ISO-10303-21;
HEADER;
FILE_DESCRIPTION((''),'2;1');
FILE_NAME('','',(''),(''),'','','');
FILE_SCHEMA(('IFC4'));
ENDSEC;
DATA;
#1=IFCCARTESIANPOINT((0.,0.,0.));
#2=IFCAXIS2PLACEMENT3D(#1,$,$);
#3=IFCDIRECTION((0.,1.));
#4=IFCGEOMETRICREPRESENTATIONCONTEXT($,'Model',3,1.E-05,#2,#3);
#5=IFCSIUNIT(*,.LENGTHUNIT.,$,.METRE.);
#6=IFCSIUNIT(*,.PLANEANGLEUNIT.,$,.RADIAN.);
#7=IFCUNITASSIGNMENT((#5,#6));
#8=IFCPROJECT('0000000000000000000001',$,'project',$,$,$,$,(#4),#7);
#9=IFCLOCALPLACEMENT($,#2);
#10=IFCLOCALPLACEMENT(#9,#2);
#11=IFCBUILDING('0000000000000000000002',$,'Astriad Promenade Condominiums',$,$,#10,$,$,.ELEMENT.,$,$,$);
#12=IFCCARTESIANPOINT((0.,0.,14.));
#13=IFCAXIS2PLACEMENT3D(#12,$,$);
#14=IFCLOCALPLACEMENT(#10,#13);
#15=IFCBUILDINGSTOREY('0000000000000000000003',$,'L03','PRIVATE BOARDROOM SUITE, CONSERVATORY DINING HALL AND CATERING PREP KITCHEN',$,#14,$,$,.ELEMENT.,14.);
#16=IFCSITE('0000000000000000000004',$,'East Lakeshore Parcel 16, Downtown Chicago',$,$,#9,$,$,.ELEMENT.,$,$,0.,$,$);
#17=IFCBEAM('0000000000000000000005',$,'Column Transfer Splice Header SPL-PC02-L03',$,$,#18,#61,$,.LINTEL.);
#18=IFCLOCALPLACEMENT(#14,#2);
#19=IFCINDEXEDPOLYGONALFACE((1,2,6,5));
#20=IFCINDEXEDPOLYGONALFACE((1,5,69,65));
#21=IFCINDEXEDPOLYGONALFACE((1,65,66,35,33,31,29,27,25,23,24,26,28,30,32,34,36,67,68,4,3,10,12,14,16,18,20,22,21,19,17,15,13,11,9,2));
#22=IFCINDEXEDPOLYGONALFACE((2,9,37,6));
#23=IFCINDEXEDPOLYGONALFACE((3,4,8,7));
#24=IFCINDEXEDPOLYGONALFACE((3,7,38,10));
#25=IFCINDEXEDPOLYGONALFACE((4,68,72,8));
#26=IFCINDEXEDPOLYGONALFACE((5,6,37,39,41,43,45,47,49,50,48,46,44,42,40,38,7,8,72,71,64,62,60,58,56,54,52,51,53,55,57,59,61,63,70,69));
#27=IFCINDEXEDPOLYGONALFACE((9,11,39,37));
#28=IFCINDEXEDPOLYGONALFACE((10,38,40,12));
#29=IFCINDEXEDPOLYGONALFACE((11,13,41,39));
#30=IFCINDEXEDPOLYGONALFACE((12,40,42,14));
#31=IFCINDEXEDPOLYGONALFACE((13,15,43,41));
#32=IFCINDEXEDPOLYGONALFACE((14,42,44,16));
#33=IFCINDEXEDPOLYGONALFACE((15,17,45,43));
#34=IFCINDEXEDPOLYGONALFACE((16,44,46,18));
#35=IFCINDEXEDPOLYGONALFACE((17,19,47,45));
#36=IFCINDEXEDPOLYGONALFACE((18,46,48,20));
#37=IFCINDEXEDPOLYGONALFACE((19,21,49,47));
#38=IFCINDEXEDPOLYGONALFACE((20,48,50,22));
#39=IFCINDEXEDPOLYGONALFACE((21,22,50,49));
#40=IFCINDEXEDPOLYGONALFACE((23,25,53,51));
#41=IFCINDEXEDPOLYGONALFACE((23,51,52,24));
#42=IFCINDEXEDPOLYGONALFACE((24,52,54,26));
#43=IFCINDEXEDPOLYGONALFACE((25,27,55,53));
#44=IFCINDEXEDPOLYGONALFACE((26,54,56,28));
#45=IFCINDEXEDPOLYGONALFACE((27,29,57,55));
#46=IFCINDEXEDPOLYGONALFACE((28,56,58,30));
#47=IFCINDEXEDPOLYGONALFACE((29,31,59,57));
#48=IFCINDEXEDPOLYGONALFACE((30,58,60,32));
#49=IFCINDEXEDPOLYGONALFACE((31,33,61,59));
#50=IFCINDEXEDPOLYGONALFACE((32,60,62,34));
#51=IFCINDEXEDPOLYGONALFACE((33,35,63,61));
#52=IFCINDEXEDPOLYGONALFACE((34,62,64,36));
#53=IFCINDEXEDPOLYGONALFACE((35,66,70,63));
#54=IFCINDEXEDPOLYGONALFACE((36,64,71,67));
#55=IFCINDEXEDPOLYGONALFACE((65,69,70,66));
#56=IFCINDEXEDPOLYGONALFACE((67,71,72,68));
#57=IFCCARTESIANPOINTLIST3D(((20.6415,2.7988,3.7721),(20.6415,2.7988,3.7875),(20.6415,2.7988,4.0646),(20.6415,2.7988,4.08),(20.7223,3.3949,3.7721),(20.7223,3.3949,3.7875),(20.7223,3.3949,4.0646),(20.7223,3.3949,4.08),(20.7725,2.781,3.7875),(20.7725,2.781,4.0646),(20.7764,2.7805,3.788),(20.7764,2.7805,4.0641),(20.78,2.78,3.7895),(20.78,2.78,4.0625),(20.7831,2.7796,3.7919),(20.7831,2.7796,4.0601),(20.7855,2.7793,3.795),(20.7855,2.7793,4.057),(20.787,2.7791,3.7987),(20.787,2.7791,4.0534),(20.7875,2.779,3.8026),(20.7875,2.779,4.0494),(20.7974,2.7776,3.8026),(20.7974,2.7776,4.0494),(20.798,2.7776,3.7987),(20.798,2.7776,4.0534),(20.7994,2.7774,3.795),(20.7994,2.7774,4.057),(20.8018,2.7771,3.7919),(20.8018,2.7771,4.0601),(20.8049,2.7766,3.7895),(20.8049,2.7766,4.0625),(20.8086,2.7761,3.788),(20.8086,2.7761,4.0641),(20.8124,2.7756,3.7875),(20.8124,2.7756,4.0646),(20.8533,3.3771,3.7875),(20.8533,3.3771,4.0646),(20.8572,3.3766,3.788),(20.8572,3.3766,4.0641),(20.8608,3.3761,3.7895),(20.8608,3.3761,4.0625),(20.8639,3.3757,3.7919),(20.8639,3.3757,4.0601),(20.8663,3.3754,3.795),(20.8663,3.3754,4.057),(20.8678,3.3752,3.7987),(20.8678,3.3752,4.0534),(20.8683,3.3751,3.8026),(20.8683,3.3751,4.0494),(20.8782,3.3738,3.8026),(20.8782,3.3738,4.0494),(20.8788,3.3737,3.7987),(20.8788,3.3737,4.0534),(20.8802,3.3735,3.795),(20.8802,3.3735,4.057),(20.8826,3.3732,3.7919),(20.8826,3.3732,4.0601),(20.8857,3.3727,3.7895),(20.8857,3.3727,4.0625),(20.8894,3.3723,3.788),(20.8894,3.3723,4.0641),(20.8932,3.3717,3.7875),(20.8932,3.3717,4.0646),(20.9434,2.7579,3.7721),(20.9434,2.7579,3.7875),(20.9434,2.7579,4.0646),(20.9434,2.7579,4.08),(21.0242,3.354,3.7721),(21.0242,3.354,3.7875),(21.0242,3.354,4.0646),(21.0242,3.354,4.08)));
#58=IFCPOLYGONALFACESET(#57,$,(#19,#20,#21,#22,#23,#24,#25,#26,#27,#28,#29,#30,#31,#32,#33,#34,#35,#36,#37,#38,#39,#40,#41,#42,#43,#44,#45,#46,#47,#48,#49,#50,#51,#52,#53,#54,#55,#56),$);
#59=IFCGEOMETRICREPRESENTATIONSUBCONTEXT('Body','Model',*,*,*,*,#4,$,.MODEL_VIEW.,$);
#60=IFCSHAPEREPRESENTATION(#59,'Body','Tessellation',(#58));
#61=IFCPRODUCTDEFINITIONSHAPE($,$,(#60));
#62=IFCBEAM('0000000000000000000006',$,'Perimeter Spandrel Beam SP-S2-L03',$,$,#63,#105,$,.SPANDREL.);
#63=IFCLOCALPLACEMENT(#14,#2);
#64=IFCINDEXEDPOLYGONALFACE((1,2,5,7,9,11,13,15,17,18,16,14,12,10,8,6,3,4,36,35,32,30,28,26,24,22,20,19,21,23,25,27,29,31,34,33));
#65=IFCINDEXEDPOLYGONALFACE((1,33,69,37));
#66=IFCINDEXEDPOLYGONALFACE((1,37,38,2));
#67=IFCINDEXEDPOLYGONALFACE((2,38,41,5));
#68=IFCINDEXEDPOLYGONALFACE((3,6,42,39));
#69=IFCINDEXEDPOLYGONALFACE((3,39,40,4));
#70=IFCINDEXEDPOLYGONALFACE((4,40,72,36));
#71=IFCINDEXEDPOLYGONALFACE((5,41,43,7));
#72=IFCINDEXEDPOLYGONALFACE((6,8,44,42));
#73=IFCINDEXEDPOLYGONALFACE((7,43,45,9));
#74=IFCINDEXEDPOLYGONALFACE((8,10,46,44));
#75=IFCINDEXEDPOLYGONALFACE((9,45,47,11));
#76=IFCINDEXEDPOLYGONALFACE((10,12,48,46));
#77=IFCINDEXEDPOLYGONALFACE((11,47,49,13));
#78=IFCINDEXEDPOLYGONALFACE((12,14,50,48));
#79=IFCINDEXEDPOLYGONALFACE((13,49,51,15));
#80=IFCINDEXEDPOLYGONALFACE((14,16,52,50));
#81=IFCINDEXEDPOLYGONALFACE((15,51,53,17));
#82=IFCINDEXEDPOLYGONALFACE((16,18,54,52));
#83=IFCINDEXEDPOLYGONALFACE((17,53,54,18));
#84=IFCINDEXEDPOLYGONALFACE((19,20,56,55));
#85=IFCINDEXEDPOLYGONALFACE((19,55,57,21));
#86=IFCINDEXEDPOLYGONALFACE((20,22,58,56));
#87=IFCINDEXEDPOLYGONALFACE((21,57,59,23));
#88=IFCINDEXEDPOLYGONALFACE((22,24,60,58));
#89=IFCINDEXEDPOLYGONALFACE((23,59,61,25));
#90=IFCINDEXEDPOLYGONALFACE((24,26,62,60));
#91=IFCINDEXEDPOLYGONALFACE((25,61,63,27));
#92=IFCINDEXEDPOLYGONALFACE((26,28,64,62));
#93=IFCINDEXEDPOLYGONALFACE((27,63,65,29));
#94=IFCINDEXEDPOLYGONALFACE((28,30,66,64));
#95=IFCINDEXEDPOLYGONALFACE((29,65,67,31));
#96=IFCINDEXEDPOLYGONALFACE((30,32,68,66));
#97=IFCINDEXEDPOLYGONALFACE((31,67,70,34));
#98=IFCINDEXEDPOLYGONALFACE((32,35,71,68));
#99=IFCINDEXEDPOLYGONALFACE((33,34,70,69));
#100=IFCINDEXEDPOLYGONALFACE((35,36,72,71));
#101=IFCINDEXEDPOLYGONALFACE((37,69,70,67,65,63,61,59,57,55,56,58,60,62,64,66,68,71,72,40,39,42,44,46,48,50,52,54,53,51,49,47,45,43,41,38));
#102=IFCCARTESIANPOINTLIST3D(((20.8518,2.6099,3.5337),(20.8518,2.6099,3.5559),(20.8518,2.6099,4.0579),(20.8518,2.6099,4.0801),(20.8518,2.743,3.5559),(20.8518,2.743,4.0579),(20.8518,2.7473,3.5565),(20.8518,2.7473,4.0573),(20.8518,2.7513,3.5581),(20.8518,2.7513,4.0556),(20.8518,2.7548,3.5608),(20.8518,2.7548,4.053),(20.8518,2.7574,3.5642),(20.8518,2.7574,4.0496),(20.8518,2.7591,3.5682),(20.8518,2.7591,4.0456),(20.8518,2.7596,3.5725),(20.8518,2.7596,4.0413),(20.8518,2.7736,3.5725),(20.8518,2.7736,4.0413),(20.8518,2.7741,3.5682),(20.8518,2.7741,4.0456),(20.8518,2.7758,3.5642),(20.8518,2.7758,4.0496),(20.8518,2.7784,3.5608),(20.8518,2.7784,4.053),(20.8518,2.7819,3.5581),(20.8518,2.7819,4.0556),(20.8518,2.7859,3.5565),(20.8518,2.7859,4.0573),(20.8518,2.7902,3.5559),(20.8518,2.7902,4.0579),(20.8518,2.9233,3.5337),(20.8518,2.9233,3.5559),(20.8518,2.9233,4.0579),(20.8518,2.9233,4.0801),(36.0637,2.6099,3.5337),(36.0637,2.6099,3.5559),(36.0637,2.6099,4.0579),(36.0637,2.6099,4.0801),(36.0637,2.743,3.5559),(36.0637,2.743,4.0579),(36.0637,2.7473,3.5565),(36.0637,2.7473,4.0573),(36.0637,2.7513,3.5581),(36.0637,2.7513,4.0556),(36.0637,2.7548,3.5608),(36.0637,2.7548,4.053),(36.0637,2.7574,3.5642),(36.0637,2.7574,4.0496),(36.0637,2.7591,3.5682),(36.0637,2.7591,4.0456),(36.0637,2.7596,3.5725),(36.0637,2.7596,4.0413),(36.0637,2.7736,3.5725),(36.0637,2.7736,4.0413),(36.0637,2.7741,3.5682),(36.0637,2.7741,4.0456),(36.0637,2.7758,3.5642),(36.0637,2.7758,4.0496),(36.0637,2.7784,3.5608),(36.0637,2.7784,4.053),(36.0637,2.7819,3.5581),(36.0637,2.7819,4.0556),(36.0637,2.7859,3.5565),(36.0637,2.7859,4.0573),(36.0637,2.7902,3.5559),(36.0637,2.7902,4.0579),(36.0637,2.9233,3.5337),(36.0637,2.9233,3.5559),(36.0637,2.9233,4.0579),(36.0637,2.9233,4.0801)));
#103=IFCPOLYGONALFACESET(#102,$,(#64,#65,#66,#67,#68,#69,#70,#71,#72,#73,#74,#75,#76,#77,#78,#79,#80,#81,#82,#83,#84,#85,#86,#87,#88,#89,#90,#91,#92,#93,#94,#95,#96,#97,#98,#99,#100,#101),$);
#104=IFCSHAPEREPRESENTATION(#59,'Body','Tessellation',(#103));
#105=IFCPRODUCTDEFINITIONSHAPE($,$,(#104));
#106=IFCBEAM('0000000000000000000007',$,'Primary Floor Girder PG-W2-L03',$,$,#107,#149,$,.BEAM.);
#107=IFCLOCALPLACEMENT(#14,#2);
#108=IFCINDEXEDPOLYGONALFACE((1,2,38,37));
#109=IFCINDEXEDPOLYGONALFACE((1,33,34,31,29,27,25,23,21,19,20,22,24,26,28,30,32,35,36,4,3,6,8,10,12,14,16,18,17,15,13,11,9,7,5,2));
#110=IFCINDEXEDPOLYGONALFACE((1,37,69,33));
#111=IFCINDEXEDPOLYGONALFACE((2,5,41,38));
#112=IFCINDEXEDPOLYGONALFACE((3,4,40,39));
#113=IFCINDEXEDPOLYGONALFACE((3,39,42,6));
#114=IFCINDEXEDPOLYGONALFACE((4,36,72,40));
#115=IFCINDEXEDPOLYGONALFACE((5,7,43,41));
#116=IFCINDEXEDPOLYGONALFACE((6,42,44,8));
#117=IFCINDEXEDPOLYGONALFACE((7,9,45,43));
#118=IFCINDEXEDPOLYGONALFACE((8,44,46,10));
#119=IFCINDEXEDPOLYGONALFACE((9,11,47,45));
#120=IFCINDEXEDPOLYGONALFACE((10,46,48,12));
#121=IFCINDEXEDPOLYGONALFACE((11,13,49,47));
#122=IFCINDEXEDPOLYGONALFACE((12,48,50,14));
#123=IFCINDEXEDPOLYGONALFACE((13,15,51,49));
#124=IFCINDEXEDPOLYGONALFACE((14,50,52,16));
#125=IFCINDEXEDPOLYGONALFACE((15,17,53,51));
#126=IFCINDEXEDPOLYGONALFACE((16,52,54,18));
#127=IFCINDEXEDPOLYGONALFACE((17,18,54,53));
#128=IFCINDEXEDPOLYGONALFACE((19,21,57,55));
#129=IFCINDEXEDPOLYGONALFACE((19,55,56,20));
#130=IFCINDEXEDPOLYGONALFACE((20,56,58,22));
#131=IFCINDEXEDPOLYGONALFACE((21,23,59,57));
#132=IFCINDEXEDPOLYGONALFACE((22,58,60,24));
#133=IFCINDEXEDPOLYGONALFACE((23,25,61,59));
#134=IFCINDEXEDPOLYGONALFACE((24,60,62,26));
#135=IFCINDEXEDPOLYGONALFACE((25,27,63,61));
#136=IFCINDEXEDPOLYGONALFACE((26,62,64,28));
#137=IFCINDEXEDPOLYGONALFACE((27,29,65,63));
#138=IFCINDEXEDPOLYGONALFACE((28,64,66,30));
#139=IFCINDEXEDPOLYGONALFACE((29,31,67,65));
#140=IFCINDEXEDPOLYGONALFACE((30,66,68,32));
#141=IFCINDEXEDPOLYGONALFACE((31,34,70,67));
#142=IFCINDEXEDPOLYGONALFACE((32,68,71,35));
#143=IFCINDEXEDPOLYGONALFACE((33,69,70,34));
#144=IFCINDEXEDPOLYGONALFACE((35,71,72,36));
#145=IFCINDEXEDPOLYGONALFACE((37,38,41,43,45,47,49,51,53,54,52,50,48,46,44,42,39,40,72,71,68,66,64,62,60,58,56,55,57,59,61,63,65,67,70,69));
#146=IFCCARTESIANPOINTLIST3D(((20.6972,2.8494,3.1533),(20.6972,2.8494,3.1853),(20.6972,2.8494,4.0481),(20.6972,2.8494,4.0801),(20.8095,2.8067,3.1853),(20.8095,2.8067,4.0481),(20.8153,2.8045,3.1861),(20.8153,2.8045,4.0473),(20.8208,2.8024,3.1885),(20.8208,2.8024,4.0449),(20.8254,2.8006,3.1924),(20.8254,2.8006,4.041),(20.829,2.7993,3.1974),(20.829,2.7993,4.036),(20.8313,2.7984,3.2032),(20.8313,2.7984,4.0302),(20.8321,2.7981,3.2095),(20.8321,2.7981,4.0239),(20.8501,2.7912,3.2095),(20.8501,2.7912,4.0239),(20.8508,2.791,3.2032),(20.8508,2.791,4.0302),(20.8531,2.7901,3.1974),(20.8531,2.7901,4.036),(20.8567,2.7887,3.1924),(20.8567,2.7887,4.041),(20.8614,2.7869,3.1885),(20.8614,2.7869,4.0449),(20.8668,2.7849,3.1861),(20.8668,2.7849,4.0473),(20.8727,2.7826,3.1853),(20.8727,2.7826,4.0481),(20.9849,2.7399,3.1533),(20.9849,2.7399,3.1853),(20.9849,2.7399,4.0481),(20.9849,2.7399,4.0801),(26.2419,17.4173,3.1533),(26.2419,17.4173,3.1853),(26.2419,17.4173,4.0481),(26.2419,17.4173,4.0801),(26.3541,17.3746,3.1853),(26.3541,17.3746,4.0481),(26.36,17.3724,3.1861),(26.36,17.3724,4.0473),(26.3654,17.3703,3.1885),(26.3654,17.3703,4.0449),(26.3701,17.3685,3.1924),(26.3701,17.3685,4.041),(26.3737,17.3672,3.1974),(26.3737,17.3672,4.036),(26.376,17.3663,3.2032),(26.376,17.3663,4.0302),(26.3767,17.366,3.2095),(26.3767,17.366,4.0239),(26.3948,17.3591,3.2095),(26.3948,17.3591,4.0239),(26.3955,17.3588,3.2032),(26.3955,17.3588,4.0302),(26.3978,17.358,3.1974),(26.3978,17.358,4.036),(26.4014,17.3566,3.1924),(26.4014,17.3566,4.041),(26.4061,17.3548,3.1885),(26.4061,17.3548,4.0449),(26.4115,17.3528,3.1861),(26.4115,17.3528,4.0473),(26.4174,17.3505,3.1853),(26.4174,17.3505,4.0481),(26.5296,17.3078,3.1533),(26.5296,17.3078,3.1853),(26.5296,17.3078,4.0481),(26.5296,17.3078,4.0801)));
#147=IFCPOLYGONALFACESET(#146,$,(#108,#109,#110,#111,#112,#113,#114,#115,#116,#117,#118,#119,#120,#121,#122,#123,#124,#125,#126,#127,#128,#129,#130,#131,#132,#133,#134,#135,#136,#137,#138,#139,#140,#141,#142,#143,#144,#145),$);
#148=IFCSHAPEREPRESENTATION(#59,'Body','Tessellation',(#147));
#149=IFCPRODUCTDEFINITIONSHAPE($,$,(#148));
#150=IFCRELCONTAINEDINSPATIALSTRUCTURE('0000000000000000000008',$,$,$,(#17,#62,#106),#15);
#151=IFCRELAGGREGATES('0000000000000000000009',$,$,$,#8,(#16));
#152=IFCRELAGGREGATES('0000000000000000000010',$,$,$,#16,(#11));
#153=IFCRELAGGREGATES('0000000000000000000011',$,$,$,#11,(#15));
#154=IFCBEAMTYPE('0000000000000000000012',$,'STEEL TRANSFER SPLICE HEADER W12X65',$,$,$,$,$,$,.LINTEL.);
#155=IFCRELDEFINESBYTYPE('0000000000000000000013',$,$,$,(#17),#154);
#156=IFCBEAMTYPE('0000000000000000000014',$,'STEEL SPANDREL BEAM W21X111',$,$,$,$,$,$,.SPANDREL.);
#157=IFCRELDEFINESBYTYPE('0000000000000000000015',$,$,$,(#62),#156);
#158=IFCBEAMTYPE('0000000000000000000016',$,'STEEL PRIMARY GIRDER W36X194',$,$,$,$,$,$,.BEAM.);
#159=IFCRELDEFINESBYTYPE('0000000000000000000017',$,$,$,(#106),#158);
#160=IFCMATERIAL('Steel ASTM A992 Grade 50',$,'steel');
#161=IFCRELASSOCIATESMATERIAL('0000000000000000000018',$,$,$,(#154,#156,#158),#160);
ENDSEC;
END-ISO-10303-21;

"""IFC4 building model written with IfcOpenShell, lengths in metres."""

from ifc_helpers import new_model, si_unit, direction, frame, origin, origin_2d, place, context, subcontext, project, spatial, i_section, extrude, source, transform, mapped, material, material_profile, profile_set, type_object, type_shapes, element, save


model = new_model("IFC4")

# Units and contexts
model_context = context("Model", 3, precision=1e-05, world=origin(), true_north=direction((0.0, 1.0)))
body_context = subcontext(model_context, "Body", "Model", "MODEL_VIEW")
ifc_project = project(units=[si_unit("LENGTHUNIT", "METRE"), si_unit("PLANEANGLEUNIT", "RADIAN")], contexts=[model_context])

# Site, building, storey
site_placement = place(None, origin())
site = spatial("IfcSite", under=ifc_project, at=site_placement, Name="East Lakeshore Parcel 16, Downtown Chicago", CompositionType="ELEMENT", RefElevation=0.0)
building_placement = place(site_placement, origin())
building = spatial("IfcBuilding", under=site, at=building_placement, Name="Astriad Promenade Condominiums", CompositionType="ELEMENT")
storey_placement = place(building_placement, frame((0.0, 0.0, 14.0)))
storey = spatial("IfcBuildingStorey", under=building, at=storey_placement, Name="L03", Description="PRIVATE BOARDROOM SUITE, CONSERVATORY DINING HALL AND CATERING PREP KITCHEN", CompositionType="ELEMENT", Elevation=14.0)

# Shared definitions
ifc_material_1 = material(Name="Steel ASTM A992 Grade 50", Category="steel")

# Beams
ifc_material_profile_1 = material_profile(ifc_material_1, i_section(OverallWidth=0.3047, OverallDepth=0.3079, WebThickness=0.01, FlangeThickness=0.0154, FilletRadius=0.0151, at=origin_2d()), Name="W12X65")
ifc_profile_set_1 = profile_set([ifc_material_profile_1], Name="Steel ASTM A992 Grade 50")
beam_type_1 = type_object("IfcBeamType", Name="STEEL TRANSFER SPLICE HEADER W12X65", PredefinedType="LINTEL", material=ifc_profile_set_1)
shared_shape_1 = source(origin(), body_context, "Body", "SweptSolid", [
    extrude(i_section(OverallWidth=0.3047, OverallDepth=0.3079, WebThickness=0.01, FlangeThickness=0.0154, FilletRadius=0.0151, at=origin_2d()), origin(), (0.0, 0.0, 1.0), 0.6016),
])
type_shapes(beam_type_1, [shared_shape_1])
beam_1_placement = place(storey_placement, frame((20.7925, 2.7783, 3.926), z_axis=(0.134316, 0.990938, 0.0), x_axis=(-0.990938, 0.134316, 0.0)))
element("IfcBeam", 1, at=beam_1_placement, inside=storey, type_object=beam_type_1, Name="Column Transfer Splice Header SPL-PC02-L03", PredefinedType="LINTEL", context=body_context, shape_type="MappedRepresentation", body=[
    mapped(shared_shape_1, transform((0.0, 0.0, 0.0), scale=1.0)),
])
ifc_material_profile_2 = material_profile(ifc_material_1, i_section(OverallWidth=0.3135, OverallDepth=0.5464, WebThickness=0.0139, FlangeThickness=0.0222, FilletRadius=0.0166, at=origin_2d()), Name="W21X111")
ifc_profile_set_2 = profile_set([ifc_material_profile_2], Name="Steel ASTM A992 Grade 50")
beam_type_2 = type_object("IfcBeamType", Name="STEEL SPANDREL BEAM W21X111", PredefinedType="SPANDREL", material=ifc_profile_set_2)
shared_shape_2 = source(origin(), body_context, "Body", "SweptSolid", [
    extrude(i_section(OverallWidth=0.3135, OverallDepth=0.5464, WebThickness=0.0139, FlangeThickness=0.0222, FilletRadius=0.0166, at=origin_2d()), origin(), (0.0, 0.0, 1.0), 15.2119),
])
type_shapes(beam_type_2, [shared_shape_2])
beam_2_placement = place(storey_placement, frame((20.8518, 2.7666, 3.8069), z_axis=(1.0, 0.0, 0.0), x_axis=(0.0, 1.0, 0.0)))
element("IfcBeam", 2, at=beam_2_placement, inside=storey, type_object=beam_type_2, Name="Perimeter Spandrel Beam SP-S2-L03", PredefinedType="SPANDREL", context=body_context, shape_type="MappedRepresentation", body=[
    mapped(shared_shape_2, transform((0.0, 0.0, 0.0), scale=1.0)),
])
ifc_material_profile_3 = material_profile(ifc_material_1, i_section(OverallWidth=0.3079, OverallDepth=0.9268, WebThickness=0.0193, FlangeThickness=0.032, FilletRadius=0.0242, at=origin_2d()), Name="W36X194")
ifc_profile_set_3 = profile_set([ifc_material_profile_3], Name="Steel ASTM A992 Grade 50")
beam_type_3 = type_object("IfcBeamType", Name="STEEL PRIMARY GIRDER W36X194", PredefinedType="BEAM", material=ifc_profile_set_3)
shared_shape_3 = source(origin(), body_context, "Body", "SweptSolid", [
    extrude(i_section(OverallWidth=0.3079, OverallDepth=0.9268, WebThickness=0.0193, FlangeThickness=0.032, FilletRadius=0.0242, at=origin_2d()), origin(), (0.0, 0.0, 1.0), 15.5874),
])
type_shapes(beam_type_3, [shared_shape_3])
beam_3_placement = place(storey_placement, frame((20.8411, 2.7947, 3.6167), z_axis=(0.355716, 0.934594, 0.0), x_axis=(-0.934594, 0.355716, 0.0)))
element("IfcBeam", 3, at=beam_3_placement, inside=storey, type_object=beam_type_3, Name="Primary Floor Girder PG-W2-L03", PredefinedType="BEAM", context=body_context, shape_type="MappedRepresentation", body=[
    mapped(shared_shape_3, transform((0.0, 0.0, 0.0), scale=1.0)),
])

save(model, "model.ifc")
